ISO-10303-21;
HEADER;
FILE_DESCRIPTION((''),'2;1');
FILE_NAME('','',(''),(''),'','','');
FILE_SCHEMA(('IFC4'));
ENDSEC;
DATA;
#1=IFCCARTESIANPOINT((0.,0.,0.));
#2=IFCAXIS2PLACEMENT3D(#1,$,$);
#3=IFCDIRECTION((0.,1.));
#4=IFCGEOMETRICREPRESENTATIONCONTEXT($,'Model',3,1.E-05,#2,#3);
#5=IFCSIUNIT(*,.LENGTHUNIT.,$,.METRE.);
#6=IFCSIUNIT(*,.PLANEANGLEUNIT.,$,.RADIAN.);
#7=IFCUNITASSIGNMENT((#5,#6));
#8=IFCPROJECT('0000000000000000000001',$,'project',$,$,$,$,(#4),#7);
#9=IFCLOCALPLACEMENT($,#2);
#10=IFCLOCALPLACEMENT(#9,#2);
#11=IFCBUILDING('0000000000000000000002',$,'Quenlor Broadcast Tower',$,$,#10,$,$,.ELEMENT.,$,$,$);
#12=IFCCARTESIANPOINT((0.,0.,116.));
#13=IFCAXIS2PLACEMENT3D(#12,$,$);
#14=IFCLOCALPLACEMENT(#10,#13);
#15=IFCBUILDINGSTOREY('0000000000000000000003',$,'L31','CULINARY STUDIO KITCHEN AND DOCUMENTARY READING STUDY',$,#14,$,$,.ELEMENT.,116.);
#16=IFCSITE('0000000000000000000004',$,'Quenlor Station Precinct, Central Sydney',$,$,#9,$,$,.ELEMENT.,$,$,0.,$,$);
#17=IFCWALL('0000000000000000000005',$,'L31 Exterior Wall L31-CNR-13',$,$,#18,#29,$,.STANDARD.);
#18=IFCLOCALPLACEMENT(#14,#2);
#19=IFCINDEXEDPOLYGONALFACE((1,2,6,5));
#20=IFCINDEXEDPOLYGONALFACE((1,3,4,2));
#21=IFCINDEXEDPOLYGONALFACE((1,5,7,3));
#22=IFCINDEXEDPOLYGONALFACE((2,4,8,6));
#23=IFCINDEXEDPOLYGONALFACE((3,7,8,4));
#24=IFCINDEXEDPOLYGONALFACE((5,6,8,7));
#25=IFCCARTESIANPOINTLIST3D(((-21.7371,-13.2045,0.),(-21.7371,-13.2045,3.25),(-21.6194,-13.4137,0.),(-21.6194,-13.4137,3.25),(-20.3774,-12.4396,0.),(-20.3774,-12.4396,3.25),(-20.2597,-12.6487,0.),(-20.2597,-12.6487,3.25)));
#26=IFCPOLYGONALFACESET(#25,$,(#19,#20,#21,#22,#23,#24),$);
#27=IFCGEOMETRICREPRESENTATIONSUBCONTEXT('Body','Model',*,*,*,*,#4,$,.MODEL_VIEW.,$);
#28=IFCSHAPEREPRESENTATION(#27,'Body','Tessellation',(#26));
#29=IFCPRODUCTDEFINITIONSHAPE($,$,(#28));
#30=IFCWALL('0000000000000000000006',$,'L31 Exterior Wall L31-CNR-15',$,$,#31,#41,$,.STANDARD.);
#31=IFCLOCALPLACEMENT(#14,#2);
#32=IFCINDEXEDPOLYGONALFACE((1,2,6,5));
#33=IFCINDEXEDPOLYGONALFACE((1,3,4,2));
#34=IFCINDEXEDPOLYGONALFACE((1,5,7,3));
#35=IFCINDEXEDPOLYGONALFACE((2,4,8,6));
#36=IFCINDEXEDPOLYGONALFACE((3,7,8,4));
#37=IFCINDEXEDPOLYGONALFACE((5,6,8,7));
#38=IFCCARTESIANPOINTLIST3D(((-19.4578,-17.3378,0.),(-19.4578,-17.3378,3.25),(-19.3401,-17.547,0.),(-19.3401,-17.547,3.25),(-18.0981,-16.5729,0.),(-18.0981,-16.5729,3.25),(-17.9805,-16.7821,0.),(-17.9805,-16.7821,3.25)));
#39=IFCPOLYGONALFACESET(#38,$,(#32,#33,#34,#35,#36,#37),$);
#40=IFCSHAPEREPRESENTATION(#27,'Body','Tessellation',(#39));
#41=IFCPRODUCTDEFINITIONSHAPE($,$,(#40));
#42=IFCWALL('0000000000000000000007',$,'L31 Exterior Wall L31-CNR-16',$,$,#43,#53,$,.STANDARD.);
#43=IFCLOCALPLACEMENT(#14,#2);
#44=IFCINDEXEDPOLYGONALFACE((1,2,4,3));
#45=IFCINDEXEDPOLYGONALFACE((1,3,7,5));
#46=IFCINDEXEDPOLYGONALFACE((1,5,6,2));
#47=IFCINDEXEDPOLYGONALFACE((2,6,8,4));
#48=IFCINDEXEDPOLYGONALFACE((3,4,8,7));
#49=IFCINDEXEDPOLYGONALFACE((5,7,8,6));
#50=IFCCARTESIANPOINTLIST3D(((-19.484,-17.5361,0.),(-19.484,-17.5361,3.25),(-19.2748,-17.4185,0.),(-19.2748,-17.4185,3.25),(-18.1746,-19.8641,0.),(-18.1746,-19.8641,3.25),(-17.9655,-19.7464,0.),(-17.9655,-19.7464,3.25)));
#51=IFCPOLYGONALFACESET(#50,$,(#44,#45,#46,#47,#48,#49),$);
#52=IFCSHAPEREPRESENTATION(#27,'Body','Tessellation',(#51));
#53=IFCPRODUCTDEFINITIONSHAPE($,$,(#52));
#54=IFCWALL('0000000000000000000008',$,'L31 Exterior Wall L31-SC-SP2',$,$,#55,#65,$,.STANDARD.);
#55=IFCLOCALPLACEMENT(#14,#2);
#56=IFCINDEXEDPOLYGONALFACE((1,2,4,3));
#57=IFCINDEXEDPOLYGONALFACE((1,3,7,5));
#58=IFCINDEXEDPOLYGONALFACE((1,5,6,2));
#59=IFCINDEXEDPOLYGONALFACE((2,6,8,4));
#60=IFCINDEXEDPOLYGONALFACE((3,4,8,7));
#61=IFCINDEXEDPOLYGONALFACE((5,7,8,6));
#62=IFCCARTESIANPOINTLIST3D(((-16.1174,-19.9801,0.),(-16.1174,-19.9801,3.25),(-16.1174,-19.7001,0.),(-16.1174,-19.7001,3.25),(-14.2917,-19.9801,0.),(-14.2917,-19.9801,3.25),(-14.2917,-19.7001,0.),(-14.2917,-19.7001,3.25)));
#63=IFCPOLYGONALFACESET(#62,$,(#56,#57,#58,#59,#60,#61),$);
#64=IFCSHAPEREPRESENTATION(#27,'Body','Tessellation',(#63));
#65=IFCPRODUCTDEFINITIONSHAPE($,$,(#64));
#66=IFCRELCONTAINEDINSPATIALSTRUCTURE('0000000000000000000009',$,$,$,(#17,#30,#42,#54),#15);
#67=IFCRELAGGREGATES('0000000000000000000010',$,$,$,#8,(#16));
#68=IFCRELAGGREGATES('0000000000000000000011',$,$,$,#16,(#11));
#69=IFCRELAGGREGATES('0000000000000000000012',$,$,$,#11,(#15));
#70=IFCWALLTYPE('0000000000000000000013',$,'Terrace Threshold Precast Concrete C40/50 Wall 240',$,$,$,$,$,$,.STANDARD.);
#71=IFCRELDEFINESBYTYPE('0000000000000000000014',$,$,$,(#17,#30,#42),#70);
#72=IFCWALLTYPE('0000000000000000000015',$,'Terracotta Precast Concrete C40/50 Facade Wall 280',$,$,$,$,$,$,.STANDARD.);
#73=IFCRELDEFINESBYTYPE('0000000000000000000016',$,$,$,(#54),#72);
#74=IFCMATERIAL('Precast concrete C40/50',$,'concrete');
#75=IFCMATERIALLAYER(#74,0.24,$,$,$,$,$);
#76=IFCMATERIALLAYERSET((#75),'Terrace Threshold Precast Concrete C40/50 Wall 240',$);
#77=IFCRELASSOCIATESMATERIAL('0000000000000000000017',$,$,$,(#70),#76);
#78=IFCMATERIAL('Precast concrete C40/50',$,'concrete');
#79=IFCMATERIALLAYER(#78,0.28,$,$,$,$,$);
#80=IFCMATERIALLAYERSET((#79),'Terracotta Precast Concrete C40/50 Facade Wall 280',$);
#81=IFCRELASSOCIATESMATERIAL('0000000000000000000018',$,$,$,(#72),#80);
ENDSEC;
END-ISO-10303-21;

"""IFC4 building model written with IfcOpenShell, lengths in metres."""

from ifc_helpers import new_model, si_unit, direction, frame, frame_2d, origin, place, context, subcontext, project, spatial, rectangle, extrude, material, layer, layer_set, type_object, element, save


model = new_model("IFC4")

# Units and contexts
model_context = context("Model", 3, precision=1e-05, world=origin(), true_north=direction((0.0, 1.0)))
body_context = subcontext(model_context, "Body", "Model", "MODEL_VIEW")
ifc_project = project(units=[si_unit("LENGTHUNIT", "METRE"), si_unit("PLANEANGLEUNIT", "RADIAN")], contexts=[model_context])

# Site, building, storey
site_placement = place(None, origin())
site = spatial("IfcSite", under=ifc_project, at=site_placement, Name="Quenlor Station Precinct, Central Sydney", CompositionType="ELEMENT", RefElevation=0.0)
building_placement = place(site_placement, origin())
building = spatial("IfcBuilding", under=site, at=building_placement, Name="Quenlor Broadcast Tower", CompositionType="ELEMENT")
storey_placement = place(building_placement, frame((0.0, 0.0, 116.0)))
storey = spatial("IfcBuildingStorey", under=building, at=storey_placement, Name="L31", Description="CULINARY STUDIO KITCHEN AND DOCUMENTARY READING STUDY", CompositionType="ELEMENT", Elevation=116.0)

# Walls
ifc_material_1 = material(Name="Precast concrete C40/50", Category="concrete")
ifc_layer_1 = layer(ifc_material_1, 0.24)
ifc_layer_set_1 = layer_set([ifc_layer_1], Name="Terrace Threshold Precast Concrete C40/50 Wall 240")
wall_type_1 = type_object("IfcWallType", Name="Terrace Threshold Precast Concrete C40/50 Wall 240", PredefinedType="STANDARD", material=ifc_layer_set_1)
for number, where, z_axis, x_axis, name in (
    (1, (-21.6782, -13.3091, 0.0), (0.0, 0.0, 1.0), (0.871546, 0.490313, 0.0), "L31 Exterior Wall L31-CNR-13"),
    (2, (-18.0393, -16.6775, 0.0), (0.0, 0.0, 1.0), (-0.871546, -0.490313, 0.0), "L31 Exterior Wall L31-CNR-15"),
):
    element("IfcWall", number, at=place(storey_placement, frame(where, z_axis=z_axis, x_axis=x_axis)), inside=storey, type_object=wall_type_1, Name=name, PredefinedType="STANDARD", context=body_context, shape_type="SweptSolid", body=[
        extrude(rectangle(XDim=1.5601, YDim=0.24, at=frame_2d((0.78, 0.0))), origin(), (0.0, 0.0, 1.0), 3.25),
    ])
wall_1_placement = place(storey_placement, frame((-19.3794, -17.4773, 0.0), z_axis=(0.0, 0.0, 1.0), x_axis=(0.490231, -0.871593, 0.0)))
element("IfcWall", 3, at=wall_1_placement, inside=storey, type_object=wall_type_1, Name="L31 Exterior Wall L31-CNR-16", PredefinedType="STANDARD", context=body_context, shape_type="SweptSolid", body=[
    extrude(rectangle(XDim=2.6709, YDim=0.24, at=frame_2d((1.3354, 0.0))), origin(), (0.0, 0.0, 1.0), 3.25),
])
ifc_material_2 = material(Name="Precast concrete C40/50", Category="concrete")
ifc_layer_2 = layer(ifc_material_2, 0.28)
ifc_layer_set_2 = layer_set([ifc_layer_2], Name="Terracotta Precast Concrete C40/50 Facade Wall 280")
wall_type_2 = type_object("IfcWallType", Name="Terracotta Precast Concrete C40/50 Facade Wall 280", PredefinedType="STANDARD", material=ifc_layer_set_2)
wall_2_placement = place(storey_placement, frame((-14.2917, -19.8401, 0.0), z_axis=(0.0, 0.0, 1.0), x_axis=(-1.0, 0.0, 0.0)))
element("IfcWall", 4, at=wall_2_placement, inside=storey, type_object=wall_type_2, Name="L31 Exterior Wall L31-SC-SP2", PredefinedType="STANDARD", context=body_context, shape_type="SweptSolid", body=[
    extrude(rectangle(XDim=1.8257, YDim=0.28, at=frame_2d((0.9128, 0.0))), origin(), (0.0, 0.0, 1.0), 3.25),
])

save(model, "model.ifc")
